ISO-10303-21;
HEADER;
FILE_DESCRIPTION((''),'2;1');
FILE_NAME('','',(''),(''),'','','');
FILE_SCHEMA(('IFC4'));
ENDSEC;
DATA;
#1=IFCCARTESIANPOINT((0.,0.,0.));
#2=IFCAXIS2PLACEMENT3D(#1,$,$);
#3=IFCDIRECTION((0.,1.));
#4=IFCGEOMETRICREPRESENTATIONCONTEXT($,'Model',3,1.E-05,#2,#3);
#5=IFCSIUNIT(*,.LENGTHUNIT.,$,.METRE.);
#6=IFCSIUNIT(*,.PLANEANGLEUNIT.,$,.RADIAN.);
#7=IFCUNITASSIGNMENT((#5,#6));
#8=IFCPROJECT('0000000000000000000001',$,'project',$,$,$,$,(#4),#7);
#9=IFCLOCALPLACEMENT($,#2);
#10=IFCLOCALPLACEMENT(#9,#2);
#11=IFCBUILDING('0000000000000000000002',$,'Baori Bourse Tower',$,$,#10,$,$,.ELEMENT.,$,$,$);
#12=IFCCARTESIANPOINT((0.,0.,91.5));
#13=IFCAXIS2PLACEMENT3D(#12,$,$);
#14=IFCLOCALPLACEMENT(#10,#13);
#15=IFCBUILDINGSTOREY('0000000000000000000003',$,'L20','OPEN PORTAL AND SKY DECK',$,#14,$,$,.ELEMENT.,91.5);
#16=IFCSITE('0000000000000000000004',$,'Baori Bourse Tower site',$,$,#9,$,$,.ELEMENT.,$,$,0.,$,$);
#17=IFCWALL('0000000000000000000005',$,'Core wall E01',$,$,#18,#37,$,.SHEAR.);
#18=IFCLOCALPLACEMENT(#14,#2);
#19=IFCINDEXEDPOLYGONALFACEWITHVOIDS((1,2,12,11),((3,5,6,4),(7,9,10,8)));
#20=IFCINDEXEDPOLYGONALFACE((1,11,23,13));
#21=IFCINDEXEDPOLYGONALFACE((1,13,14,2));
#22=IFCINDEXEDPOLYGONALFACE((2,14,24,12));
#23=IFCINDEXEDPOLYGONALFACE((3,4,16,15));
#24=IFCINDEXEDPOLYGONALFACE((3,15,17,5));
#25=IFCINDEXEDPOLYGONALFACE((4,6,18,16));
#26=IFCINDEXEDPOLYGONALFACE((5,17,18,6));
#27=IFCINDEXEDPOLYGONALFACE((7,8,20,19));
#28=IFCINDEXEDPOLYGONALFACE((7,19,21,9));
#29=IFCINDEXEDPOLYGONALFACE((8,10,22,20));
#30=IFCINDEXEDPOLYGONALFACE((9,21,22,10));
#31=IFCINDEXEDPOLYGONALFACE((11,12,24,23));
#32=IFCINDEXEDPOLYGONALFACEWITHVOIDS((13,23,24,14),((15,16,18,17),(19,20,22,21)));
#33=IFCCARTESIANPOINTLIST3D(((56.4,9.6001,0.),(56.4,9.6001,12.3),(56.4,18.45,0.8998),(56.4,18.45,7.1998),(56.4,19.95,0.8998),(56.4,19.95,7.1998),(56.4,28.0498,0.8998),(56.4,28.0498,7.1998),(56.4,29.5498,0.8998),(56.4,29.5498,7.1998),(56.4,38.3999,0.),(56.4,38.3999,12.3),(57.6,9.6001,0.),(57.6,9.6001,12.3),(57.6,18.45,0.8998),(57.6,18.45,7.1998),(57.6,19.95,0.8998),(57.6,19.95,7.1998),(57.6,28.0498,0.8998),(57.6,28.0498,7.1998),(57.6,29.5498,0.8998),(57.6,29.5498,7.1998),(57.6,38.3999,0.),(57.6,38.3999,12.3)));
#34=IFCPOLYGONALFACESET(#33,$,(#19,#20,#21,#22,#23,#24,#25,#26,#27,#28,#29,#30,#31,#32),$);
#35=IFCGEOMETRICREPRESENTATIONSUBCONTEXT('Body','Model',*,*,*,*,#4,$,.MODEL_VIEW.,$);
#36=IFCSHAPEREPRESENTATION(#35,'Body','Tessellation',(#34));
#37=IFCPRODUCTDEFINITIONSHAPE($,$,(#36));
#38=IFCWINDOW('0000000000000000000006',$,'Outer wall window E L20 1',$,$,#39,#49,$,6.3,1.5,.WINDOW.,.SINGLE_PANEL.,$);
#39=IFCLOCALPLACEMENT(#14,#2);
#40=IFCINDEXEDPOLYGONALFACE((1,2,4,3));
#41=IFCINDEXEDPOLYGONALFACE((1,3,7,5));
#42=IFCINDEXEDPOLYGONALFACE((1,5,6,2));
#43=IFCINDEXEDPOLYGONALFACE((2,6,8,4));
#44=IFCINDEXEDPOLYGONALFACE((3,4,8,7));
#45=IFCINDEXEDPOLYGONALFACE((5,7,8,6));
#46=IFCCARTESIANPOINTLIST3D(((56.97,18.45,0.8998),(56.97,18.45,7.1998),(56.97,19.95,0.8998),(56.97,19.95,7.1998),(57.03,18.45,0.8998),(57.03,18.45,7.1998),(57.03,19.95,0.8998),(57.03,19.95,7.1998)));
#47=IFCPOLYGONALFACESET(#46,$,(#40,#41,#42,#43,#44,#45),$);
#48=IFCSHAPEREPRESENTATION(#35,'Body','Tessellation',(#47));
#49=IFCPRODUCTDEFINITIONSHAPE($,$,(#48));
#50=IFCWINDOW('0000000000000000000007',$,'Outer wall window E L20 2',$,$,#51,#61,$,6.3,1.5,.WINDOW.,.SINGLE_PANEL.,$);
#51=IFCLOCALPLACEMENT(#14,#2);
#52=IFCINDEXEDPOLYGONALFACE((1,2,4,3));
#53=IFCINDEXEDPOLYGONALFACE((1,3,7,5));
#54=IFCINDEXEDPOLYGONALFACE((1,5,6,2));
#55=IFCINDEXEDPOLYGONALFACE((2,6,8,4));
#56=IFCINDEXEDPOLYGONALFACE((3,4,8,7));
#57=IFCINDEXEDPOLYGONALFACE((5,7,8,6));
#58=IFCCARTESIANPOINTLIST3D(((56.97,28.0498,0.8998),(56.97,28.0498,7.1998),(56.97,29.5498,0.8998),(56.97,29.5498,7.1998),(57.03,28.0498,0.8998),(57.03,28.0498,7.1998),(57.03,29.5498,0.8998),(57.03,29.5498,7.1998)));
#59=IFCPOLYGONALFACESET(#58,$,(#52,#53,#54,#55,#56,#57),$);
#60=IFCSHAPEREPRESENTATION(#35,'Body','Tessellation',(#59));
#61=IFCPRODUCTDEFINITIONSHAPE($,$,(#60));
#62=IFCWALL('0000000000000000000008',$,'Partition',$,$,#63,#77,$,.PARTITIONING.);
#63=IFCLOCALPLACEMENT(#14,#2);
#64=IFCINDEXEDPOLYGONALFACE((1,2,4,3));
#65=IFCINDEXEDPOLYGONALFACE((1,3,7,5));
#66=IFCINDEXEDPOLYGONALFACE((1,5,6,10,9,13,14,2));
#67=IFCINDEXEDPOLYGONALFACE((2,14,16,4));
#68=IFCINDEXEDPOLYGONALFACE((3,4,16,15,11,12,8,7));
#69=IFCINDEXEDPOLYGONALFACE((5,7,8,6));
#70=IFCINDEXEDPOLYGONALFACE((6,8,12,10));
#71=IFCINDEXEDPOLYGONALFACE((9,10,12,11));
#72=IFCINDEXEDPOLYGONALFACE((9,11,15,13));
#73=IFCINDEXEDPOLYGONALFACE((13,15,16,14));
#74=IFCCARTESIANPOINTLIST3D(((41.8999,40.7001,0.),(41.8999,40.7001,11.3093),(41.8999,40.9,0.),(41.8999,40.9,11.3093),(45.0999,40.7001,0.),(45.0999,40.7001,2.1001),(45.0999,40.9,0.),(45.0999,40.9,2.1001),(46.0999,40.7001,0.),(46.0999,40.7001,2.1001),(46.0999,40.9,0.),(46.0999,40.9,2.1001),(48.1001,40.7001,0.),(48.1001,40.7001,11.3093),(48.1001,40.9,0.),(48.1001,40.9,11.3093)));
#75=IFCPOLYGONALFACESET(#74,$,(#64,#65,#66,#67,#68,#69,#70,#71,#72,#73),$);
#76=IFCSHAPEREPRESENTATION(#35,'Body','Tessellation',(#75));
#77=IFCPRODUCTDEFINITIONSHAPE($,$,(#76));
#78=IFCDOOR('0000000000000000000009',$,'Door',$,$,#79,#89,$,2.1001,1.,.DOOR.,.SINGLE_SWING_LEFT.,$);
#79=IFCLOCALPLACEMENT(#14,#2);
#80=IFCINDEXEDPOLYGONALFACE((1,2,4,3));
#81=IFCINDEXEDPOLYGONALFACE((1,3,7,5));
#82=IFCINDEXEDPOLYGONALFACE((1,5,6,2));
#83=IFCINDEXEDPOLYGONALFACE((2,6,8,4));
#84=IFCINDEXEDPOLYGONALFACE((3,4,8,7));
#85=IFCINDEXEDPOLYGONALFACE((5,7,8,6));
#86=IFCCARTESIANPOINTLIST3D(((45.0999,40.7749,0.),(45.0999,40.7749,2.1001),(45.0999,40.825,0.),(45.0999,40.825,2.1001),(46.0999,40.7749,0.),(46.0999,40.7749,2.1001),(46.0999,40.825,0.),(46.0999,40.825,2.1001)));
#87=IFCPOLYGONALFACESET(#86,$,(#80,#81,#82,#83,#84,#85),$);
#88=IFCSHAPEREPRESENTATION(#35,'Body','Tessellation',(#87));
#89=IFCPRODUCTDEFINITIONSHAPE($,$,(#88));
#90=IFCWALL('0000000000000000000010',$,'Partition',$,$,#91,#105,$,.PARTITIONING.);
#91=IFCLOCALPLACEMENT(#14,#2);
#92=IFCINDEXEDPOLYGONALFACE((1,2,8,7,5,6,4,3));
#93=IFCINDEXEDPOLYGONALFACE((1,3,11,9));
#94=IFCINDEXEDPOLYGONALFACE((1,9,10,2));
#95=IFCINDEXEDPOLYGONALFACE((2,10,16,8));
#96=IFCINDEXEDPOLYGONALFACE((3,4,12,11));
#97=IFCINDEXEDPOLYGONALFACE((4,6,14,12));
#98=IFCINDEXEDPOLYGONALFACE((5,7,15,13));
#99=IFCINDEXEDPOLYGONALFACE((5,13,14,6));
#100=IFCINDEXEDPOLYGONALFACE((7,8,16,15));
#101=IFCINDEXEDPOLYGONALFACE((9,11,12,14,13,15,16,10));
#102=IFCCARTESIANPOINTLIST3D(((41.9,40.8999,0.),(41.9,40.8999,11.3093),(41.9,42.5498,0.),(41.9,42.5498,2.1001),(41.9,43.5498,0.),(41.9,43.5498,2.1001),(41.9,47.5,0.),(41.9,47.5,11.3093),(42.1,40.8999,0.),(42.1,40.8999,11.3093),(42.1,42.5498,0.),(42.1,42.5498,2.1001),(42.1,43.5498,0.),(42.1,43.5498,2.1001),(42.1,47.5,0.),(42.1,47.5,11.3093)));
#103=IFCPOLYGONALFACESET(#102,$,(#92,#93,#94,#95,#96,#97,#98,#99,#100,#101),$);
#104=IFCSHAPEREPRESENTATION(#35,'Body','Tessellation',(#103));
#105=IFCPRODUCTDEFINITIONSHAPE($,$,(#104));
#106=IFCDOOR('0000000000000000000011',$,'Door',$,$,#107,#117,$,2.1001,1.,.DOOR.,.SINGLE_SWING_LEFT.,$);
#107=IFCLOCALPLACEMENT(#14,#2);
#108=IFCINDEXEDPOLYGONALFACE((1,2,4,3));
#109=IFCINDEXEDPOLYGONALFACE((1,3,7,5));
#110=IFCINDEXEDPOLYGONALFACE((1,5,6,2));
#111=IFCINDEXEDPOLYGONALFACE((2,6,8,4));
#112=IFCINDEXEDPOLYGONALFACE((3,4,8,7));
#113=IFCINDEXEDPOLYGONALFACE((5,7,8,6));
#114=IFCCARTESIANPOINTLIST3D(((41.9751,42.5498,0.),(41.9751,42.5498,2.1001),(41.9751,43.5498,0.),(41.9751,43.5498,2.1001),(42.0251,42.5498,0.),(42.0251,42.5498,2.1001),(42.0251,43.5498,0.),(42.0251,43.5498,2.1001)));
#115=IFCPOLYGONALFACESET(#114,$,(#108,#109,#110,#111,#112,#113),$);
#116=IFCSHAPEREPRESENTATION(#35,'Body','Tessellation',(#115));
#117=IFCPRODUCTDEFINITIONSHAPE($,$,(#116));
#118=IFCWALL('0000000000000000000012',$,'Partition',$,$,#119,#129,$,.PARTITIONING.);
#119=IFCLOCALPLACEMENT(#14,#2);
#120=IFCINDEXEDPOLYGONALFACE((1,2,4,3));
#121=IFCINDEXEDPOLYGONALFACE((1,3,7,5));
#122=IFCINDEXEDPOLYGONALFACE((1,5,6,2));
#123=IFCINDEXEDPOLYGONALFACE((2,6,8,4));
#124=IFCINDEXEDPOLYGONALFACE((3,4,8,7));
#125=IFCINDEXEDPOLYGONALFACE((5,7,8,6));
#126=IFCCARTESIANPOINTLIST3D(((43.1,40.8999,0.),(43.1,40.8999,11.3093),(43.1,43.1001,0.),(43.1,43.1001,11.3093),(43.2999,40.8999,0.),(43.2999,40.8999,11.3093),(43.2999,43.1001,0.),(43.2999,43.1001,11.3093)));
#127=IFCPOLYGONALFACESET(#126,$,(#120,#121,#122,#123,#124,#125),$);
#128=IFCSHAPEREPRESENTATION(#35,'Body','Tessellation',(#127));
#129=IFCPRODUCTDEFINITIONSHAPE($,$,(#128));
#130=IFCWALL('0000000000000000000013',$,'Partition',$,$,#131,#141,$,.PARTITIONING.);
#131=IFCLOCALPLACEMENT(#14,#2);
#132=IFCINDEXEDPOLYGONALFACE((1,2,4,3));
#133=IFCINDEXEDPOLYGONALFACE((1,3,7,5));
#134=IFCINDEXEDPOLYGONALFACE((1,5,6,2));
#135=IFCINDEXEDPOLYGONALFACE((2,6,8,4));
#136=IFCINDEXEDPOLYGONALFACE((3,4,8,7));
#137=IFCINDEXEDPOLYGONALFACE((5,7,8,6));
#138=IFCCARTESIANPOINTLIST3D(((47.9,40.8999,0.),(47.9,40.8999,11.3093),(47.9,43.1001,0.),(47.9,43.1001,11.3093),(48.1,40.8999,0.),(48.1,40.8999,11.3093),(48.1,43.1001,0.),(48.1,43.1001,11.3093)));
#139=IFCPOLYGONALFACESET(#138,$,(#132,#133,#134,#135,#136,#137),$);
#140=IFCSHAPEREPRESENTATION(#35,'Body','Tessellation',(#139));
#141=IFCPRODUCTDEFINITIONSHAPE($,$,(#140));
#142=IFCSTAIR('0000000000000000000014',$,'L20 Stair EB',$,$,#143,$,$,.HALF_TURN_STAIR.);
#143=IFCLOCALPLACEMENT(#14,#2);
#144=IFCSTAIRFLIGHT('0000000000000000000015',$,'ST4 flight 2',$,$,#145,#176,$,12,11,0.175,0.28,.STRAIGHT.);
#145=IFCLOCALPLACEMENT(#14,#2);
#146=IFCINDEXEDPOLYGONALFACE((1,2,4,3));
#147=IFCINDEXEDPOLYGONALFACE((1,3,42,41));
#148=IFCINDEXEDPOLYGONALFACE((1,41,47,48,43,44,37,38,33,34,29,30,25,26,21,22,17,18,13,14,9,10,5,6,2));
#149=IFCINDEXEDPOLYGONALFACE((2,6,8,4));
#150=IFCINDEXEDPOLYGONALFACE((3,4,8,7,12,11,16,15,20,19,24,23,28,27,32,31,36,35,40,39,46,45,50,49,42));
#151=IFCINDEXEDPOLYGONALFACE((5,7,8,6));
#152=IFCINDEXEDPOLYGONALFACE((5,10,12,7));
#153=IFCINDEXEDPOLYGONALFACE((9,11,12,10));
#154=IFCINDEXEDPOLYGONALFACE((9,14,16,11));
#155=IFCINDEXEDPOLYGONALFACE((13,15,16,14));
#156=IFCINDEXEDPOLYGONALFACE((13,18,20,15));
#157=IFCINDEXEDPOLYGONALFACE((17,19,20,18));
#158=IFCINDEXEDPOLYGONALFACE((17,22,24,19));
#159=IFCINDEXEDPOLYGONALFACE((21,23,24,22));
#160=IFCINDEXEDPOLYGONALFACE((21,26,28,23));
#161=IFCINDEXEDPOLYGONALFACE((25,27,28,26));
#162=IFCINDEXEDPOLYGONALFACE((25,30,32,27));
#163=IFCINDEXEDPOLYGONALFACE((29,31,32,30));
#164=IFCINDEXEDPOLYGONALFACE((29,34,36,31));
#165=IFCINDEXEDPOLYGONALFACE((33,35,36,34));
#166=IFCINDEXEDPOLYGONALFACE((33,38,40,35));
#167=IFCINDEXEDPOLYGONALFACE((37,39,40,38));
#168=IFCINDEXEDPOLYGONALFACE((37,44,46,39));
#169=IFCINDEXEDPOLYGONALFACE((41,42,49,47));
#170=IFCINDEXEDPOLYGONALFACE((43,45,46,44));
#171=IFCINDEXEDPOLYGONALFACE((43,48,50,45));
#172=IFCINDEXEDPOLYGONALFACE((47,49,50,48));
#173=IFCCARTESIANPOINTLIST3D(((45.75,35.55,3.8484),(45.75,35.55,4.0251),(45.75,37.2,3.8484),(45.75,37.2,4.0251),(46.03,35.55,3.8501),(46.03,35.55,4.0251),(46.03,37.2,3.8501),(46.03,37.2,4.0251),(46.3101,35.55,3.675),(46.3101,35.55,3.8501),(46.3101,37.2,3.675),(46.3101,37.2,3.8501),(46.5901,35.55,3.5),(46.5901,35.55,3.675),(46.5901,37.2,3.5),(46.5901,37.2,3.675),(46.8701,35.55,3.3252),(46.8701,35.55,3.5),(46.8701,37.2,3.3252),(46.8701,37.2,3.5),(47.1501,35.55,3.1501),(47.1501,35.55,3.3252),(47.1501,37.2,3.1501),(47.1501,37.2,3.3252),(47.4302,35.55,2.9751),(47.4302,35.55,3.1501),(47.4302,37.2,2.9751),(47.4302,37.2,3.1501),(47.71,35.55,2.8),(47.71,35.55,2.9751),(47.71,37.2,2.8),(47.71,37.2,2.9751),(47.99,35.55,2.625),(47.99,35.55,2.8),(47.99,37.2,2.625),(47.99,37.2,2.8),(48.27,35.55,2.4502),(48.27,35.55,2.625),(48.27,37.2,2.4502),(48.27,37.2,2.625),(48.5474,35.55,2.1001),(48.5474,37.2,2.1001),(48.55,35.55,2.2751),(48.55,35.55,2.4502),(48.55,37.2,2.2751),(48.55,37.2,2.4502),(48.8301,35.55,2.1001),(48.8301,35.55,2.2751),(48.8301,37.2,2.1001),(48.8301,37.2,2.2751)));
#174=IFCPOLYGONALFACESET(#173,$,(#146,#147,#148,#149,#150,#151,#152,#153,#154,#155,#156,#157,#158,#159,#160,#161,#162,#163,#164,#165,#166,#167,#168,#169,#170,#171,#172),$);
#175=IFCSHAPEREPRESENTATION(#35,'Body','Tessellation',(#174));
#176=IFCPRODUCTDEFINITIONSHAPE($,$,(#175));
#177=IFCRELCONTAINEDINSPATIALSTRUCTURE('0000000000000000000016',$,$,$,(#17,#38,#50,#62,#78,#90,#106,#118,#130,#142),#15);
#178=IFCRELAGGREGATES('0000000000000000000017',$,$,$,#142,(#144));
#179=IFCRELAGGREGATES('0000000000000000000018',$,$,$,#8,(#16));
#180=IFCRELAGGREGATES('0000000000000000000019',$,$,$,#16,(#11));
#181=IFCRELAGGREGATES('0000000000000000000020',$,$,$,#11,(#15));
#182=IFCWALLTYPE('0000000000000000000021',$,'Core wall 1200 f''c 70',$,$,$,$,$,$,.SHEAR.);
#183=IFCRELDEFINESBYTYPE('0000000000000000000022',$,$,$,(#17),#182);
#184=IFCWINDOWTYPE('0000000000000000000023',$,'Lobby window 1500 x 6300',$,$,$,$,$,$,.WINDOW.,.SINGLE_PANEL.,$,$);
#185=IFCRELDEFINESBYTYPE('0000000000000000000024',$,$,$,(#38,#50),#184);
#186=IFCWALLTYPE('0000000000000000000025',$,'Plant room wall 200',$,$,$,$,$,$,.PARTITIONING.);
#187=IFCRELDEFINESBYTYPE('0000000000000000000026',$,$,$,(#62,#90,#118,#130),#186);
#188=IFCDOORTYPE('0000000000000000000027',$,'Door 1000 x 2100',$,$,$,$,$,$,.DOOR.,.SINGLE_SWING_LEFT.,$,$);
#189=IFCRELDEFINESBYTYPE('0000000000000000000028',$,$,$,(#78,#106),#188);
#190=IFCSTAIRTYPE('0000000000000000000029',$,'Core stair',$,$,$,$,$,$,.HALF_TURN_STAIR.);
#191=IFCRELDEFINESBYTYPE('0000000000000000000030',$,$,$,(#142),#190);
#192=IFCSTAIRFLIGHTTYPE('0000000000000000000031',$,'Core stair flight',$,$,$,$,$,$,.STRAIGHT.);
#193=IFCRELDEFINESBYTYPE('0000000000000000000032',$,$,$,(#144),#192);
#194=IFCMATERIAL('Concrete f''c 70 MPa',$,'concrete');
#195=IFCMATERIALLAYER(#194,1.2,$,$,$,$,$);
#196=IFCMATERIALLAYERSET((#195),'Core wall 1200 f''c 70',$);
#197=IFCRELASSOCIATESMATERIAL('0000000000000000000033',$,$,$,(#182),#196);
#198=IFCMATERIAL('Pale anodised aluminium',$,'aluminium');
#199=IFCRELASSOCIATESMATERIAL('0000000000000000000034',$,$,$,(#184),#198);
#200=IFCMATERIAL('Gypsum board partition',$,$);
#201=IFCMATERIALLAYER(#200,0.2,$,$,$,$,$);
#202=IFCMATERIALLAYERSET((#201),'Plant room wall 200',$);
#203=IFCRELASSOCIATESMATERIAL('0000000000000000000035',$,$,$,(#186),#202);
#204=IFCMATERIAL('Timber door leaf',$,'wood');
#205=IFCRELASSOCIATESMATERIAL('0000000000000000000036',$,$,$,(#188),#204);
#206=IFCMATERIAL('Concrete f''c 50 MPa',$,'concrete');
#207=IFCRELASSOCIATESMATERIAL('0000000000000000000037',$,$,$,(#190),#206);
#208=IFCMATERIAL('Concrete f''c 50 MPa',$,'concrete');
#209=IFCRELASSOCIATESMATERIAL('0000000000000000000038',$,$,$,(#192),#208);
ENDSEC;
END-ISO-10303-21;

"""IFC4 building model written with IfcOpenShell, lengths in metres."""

from ifc_helpers import new_model, si_unit, direction, frame, frame_2d, origin, place, context, subcontext, project, spatial, polyline, rectangle, outline, extrude, material, layer, layer_set, type_object, element, fill, aggregate, save


model = new_model("IFC4")

# Units and contexts
model_context = context("Model", 3, precision=1e-05, world=origin(), true_north=direction((0.0, 1.0)))
body_context = subcontext(model_context, "Body", "Model", "MODEL_VIEW")
ifc_project = project(units=[si_unit("LENGTHUNIT", "METRE"), si_unit("PLANEANGLEUNIT", "RADIAN")], contexts=[model_context])

# Site, building, storey
site_placement = place(None, origin())
site = spatial("IfcSite", under=ifc_project, at=site_placement, Name="Baori Bourse Tower site", CompositionType="ELEMENT", RefElevation=0.0)
building_placement = place(site_placement, origin())
building = spatial("IfcBuilding", under=site, at=building_placement, Name="Baori Bourse Tower", CompositionType="ELEMENT")
storey_placement = place(building_placement, frame((0.0, 0.0, 91.5)))
storey = spatial("IfcBuildingStorey", under=building, at=storey_placement, Name="L20", Description="OPEN PORTAL AND SKY DECK", CompositionType="ELEMENT", Elevation=91.5)

# Wall, openings, windows
ifc_material_1 = material(Name="Concrete f'c 70 MPa", Category="concrete")
ifc_layer_1 = layer(ifc_material_1, 1.2)
ifc_layer_set_1 = layer_set([ifc_layer_1], Name="Core wall 1200 f'c 70")
wall_type_1 = type_object("IfcWallType", Name="Core wall 1200 f'c 70", PredefinedType="SHEAR", material=ifc_layer_set_1)
wall_1_placement = place(storey_placement, frame((57.0, 38.3999, 0.0), z_axis=(0.0, 0.0, 1.0), x_axis=(0.0, -1.0, 0.0)))
wall_1 = element("IfcWall", 1, at=wall_1_placement, inside=storey, type_object=wall_type_1, Name="Core wall E01", PredefinedType="SHEAR", context=body_context, shape_type="SweptSolid", body=[
    extrude(rectangle(XDim=28.7998, YDim=1.2, at=frame_2d((14.3999, 0.0))), origin(), (0.0, 0.0, 1.0), 12.3),
])
opening_1_placement = place(wall_1_placement, frame((18.45, 0.0, 0.8999)))
opening_1 = element("IfcOpeningElement", 2, at=opening_1_placement, cuts=wall_1, PredefinedType="OPENING", context=body_context, shape_type="SweptSolid", body=[
    extrude(rectangle(XDim=1.5, YDim=6.3, at=frame_2d((0.75, 3.1499))), frame((0.0, 0.6099, 0.0), z_axis=(0.0, -1.0, 0.0), x_axis=(1.0, 0.0, 0.0)), (0.0, 0.0, 1.0), 1.22),
])
opening_2_placement = place(wall_1_placement, frame((8.8501, 0.0, 0.8999)))
opening_2 = element("IfcOpeningElement", 3, at=opening_2_placement, cuts=wall_1, PredefinedType="OPENING", context=body_context, shape_type="SweptSolid", body=[
    extrude(rectangle(XDim=1.5, YDim=6.3, at=frame_2d((0.75, 3.1499))), frame((0.0, 0.6099, 0.0), z_axis=(0.0, -1.0, 0.0), x_axis=(1.0, 0.0, 0.0)), (0.0, 0.0, 1.0), 1.22),
])
ifc_material_2 = material(Name="Pale anodised aluminium", Category="aluminium")
window_type = type_object("IfcWindowType", Name="Lobby window 1500 x 6300", PartitioningType="SINGLE_PANEL", PredefinedType="WINDOW", material=ifc_material_2)
window_1_placement = place(opening_1_placement, origin())
window_1 = element("IfcWindow", 4, at=window_1_placement, inside=storey, type_object=window_type, Name="Outer wall window E L20 1", OverallHeight=6.3, OverallWidth=1.5, PartitioningType="SINGLE_PANEL", PredefinedType="WINDOW", context=body_context, shape_type="SweptSolid", body=[
    extrude(rectangle(XDim=1.5, YDim=6.3, at=frame_2d((0.75, 3.1499))), frame((0.0, 0.03, 0.0), z_axis=(0.0, -1.0, 0.0), x_axis=(1.0, 0.0, 0.0)), (0.0, 0.0, 1.0), 0.0601),
])
fill(opening_1, window_1)
window_2_placement = place(opening_2_placement, origin())
window_2 = element("IfcWindow", 5, at=window_2_placement, inside=storey, type_object=window_type, Name="Outer wall window E L20 2", OverallHeight=6.3, OverallWidth=1.5, PartitioningType="SINGLE_PANEL", PredefinedType="WINDOW", context=body_context, shape_type="SweptSolid", body=[
    extrude(rectangle(XDim=1.5, YDim=6.3, at=frame_2d((0.75, 3.1499))), frame((0.0, 0.03, 0.0), z_axis=(0.0, -1.0, 0.0), x_axis=(1.0, 0.0, 0.0)), (0.0, 0.0, 1.0), 0.0601),
])
fill(opening_2, window_2)

# Walls, openings, doors
ifc_material_3 = material(Name="Gypsum board partition")
ifc_layer_2 = layer(ifc_material_3, 0.2)
ifc_layer_set_2 = layer_set([ifc_layer_2], Name="Plant room wall 200")
wall_type_2 = type_object("IfcWallType", Name="Plant room wall 200", PredefinedType="PARTITIONING", material=ifc_layer_set_2)
wall_2_placement = place(storey_placement, frame((41.8999, 40.8, 0.0), z_axis=(0.0, 0.0, 1.0), x_axis=(1.0, 0.0, 0.0)))
wall_2 = element("IfcWall", 6, at=wall_2_placement, inside=storey, type_object=wall_type_2, Name="Partition", PredefinedType="PARTITIONING", context=body_context, shape_type="SweptSolid", body=[
    extrude(rectangle(XDim=6.2002, YDim=0.2, at=frame_2d((3.1001, 0.0))), origin(), (0.0, 0.0, 1.0), 11.3093),
])
opening_3_placement = place(wall_2_placement, frame((3.2, 0.0, 0.0)))
opening_3 = element("IfcOpeningElement", 7, at=opening_3_placement, cuts=wall_2, PredefinedType="OPENING", context=body_context, shape_type="SweptSolid", body=[
    extrude(rectangle(XDim=1.0, YDim=2.1001, at=frame_2d((0.5, 1.05))), frame((0.0, 0.1099, 0.0), z_axis=(0.0, -1.0, 0.0), x_axis=(1.0, 0.0, 0.0)), (0.0, 0.0, 1.0), 0.22),
])
ifc_material_4 = material(Name="Timber door leaf", Category="wood")
door_type = type_object("IfcDoorType", Name="Door 1000 x 2100", OperationType="SINGLE_SWING_LEFT", PredefinedType="DOOR", material=ifc_material_4)
door_1_placement = place(opening_3_placement, origin())
door_1 = element("IfcDoor", 8, at=door_1_placement, inside=storey, type_object=door_type, Name="Door", OperationType="SINGLE_SWING_LEFT", OverallHeight=2.1001, OverallWidth=1.0, PredefinedType="DOOR", context=body_context, shape_type="SweptSolid", body=[
    extrude(rectangle(XDim=1.0, YDim=2.1001, at=frame_2d((0.5, 1.05))), frame((0.0, 0.0249, 0.0), z_axis=(0.0, -1.0, 0.0), x_axis=(1.0, 0.0, 0.0)), (0.0, 0.0, 1.0), 0.05),
])
fill(opening_3, door_1)
wall_3_placement = place(storey_placement, frame((42.0, 40.8999, 0.0), z_axis=(0.0, 0.0, 1.0), x_axis=(0.0, 1.0, 0.0)))
wall_3 = element("IfcWall", 9, at=wall_3_placement, inside=storey, type_object=wall_type_2, Name="Partition", PredefinedType="PARTITIONING", context=body_context, shape_type="SweptSolid", body=[
    extrude(rectangle(XDim=6.6001, YDim=0.2, at=frame_2d((3.3, 0.0))), origin(), (0.0, 0.0, 1.0), 11.3093),
])
opening_4_placement = place(wall_3_placement, frame((1.6499, 0.0, 0.0)))
opening_4 = element("IfcOpeningElement", 10, at=opening_4_placement, cuts=wall_3, PredefinedType="OPENING", context=body_context, shape_type="SweptSolid", body=[
    extrude(rectangle(XDim=1.0, YDim=2.1001, at=frame_2d((0.5, 1.05))), frame((0.0, 0.1099, 0.0), z_axis=(0.0, -1.0, 0.0), x_axis=(1.0, 0.0, 0.0)), (0.0, 0.0, 1.0), 0.22),
])
door_2_placement = place(opening_4_placement, origin())
door_2 = element("IfcDoor", 11, at=door_2_placement, inside=storey, type_object=door_type, Name="Door", OperationType="SINGLE_SWING_LEFT", OverallHeight=2.1001, OverallWidth=1.0, PredefinedType="DOOR", context=body_context, shape_type="SweptSolid", body=[
    extrude(rectangle(XDim=1.0, YDim=2.1001, at=frame_2d((0.5, 1.05))), frame((0.0, 0.0249, 0.0), z_axis=(0.0, -1.0, 0.0), x_axis=(1.0, 0.0, 0.0)), (0.0, 0.0, 1.0), 0.05),
])
fill(opening_4, door_2)

# Walls
for number, where, z_axis, x_axis, name in (
    (12, (43.2, 40.8999, 0.0), (0.0, 0.0, 1.0), (0.0, 1.0, 0.0), "Partition"),
    (13, (48.0, 40.8999, 0.0), (0.0, 0.0, 1.0), (0.0, 1.0, 0.0), "Partition"),
):
    element("IfcWall", number, at=place(storey_placement, frame(where, z_axis=z_axis, x_axis=x_axis)), inside=storey, type_object=wall_type_2, Name=name, PredefinedType="PARTITIONING", context=body_context, shape_type="SweptSolid", body=[
        extrude(rectangle(XDim=2.2002, YDim=0.2, at=frame_2d((1.1001, 0.0))), origin(), (0.0, 0.0, 1.0), 11.3093),
    ])

# Stair, stair flight
ifc_material_5 = material(Name="Concrete f'c 50 MPa", Category="concrete")
stair_type = type_object("IfcStairType", Name="Core stair", PredefinedType="HALF_TURN_STAIR", material=ifc_material_5)
stair_placement = place(storey_placement, origin())
stair = element("IfcStair", 14, at=stair_placement, inside=storey, type_object=stair_type, Name="L20 Stair EB", PredefinedType="HALF_TURN_STAIR")
ifc_material_6 = material(Name="Concrete f'c 50 MPa", Category="concrete")
stair_flight_type = type_object("IfcStairFlightType", Name="Core stair flight", PredefinedType="STRAIGHT", material=ifc_material_6)
stair_flight_1_placement = place(storey_placement, frame((48.8301, 36.375, 2.1001), z_axis=(0.0, 0.0, 1.0), x_axis=(-1.0, 0.0, 0.0)))
stair_flight_1 = element("IfcStairFlight", 15, at=stair_flight_1_placement, type_object=stair_flight_type, Name="ST4 flight 2", NumberOfRisers=12, NumberOfTreads=11, PredefinedType="STRAIGHT", RiserHeight=0.175, TreadLength=0.28, context=body_context, shape_type="SweptSolid", body=[
    extrude(outline(polyline([(0.0, 0.0), (0.0, 0.175), (0.28, 0.175), (0.28, 0.3501), (0.5601, 0.3501), (0.5601, 0.5249), (0.8401, 0.5249), (0.8401, 0.7), (1.1201, 0.7), (1.1201, 0.875), (1.3999, 0.875), (1.3999, 1.05), (1.6799, 1.05), (1.6799, 1.2251), (1.96, 1.2251), (1.96, 1.3999), (2.24, 1.3999), (2.24, 1.575), (2.52, 1.575), (2.52, 1.75), (2.8, 1.75), (2.8, 1.925), (3.0801, 1.925), (3.0801, 2.1001), (3.0801, 1.7483), (0.2827, 0.0), (0.0, 0.0)])), frame((0.0, 0.825, 0.0), z_axis=(0.0, -1.0, 0.0), x_axis=(1.0, 0.0, 0.0)), (0.0, 0.0, 1.0), 1.6499),
])
aggregate(stair, [stair_flight_1])

save(model, "model.ifc")
